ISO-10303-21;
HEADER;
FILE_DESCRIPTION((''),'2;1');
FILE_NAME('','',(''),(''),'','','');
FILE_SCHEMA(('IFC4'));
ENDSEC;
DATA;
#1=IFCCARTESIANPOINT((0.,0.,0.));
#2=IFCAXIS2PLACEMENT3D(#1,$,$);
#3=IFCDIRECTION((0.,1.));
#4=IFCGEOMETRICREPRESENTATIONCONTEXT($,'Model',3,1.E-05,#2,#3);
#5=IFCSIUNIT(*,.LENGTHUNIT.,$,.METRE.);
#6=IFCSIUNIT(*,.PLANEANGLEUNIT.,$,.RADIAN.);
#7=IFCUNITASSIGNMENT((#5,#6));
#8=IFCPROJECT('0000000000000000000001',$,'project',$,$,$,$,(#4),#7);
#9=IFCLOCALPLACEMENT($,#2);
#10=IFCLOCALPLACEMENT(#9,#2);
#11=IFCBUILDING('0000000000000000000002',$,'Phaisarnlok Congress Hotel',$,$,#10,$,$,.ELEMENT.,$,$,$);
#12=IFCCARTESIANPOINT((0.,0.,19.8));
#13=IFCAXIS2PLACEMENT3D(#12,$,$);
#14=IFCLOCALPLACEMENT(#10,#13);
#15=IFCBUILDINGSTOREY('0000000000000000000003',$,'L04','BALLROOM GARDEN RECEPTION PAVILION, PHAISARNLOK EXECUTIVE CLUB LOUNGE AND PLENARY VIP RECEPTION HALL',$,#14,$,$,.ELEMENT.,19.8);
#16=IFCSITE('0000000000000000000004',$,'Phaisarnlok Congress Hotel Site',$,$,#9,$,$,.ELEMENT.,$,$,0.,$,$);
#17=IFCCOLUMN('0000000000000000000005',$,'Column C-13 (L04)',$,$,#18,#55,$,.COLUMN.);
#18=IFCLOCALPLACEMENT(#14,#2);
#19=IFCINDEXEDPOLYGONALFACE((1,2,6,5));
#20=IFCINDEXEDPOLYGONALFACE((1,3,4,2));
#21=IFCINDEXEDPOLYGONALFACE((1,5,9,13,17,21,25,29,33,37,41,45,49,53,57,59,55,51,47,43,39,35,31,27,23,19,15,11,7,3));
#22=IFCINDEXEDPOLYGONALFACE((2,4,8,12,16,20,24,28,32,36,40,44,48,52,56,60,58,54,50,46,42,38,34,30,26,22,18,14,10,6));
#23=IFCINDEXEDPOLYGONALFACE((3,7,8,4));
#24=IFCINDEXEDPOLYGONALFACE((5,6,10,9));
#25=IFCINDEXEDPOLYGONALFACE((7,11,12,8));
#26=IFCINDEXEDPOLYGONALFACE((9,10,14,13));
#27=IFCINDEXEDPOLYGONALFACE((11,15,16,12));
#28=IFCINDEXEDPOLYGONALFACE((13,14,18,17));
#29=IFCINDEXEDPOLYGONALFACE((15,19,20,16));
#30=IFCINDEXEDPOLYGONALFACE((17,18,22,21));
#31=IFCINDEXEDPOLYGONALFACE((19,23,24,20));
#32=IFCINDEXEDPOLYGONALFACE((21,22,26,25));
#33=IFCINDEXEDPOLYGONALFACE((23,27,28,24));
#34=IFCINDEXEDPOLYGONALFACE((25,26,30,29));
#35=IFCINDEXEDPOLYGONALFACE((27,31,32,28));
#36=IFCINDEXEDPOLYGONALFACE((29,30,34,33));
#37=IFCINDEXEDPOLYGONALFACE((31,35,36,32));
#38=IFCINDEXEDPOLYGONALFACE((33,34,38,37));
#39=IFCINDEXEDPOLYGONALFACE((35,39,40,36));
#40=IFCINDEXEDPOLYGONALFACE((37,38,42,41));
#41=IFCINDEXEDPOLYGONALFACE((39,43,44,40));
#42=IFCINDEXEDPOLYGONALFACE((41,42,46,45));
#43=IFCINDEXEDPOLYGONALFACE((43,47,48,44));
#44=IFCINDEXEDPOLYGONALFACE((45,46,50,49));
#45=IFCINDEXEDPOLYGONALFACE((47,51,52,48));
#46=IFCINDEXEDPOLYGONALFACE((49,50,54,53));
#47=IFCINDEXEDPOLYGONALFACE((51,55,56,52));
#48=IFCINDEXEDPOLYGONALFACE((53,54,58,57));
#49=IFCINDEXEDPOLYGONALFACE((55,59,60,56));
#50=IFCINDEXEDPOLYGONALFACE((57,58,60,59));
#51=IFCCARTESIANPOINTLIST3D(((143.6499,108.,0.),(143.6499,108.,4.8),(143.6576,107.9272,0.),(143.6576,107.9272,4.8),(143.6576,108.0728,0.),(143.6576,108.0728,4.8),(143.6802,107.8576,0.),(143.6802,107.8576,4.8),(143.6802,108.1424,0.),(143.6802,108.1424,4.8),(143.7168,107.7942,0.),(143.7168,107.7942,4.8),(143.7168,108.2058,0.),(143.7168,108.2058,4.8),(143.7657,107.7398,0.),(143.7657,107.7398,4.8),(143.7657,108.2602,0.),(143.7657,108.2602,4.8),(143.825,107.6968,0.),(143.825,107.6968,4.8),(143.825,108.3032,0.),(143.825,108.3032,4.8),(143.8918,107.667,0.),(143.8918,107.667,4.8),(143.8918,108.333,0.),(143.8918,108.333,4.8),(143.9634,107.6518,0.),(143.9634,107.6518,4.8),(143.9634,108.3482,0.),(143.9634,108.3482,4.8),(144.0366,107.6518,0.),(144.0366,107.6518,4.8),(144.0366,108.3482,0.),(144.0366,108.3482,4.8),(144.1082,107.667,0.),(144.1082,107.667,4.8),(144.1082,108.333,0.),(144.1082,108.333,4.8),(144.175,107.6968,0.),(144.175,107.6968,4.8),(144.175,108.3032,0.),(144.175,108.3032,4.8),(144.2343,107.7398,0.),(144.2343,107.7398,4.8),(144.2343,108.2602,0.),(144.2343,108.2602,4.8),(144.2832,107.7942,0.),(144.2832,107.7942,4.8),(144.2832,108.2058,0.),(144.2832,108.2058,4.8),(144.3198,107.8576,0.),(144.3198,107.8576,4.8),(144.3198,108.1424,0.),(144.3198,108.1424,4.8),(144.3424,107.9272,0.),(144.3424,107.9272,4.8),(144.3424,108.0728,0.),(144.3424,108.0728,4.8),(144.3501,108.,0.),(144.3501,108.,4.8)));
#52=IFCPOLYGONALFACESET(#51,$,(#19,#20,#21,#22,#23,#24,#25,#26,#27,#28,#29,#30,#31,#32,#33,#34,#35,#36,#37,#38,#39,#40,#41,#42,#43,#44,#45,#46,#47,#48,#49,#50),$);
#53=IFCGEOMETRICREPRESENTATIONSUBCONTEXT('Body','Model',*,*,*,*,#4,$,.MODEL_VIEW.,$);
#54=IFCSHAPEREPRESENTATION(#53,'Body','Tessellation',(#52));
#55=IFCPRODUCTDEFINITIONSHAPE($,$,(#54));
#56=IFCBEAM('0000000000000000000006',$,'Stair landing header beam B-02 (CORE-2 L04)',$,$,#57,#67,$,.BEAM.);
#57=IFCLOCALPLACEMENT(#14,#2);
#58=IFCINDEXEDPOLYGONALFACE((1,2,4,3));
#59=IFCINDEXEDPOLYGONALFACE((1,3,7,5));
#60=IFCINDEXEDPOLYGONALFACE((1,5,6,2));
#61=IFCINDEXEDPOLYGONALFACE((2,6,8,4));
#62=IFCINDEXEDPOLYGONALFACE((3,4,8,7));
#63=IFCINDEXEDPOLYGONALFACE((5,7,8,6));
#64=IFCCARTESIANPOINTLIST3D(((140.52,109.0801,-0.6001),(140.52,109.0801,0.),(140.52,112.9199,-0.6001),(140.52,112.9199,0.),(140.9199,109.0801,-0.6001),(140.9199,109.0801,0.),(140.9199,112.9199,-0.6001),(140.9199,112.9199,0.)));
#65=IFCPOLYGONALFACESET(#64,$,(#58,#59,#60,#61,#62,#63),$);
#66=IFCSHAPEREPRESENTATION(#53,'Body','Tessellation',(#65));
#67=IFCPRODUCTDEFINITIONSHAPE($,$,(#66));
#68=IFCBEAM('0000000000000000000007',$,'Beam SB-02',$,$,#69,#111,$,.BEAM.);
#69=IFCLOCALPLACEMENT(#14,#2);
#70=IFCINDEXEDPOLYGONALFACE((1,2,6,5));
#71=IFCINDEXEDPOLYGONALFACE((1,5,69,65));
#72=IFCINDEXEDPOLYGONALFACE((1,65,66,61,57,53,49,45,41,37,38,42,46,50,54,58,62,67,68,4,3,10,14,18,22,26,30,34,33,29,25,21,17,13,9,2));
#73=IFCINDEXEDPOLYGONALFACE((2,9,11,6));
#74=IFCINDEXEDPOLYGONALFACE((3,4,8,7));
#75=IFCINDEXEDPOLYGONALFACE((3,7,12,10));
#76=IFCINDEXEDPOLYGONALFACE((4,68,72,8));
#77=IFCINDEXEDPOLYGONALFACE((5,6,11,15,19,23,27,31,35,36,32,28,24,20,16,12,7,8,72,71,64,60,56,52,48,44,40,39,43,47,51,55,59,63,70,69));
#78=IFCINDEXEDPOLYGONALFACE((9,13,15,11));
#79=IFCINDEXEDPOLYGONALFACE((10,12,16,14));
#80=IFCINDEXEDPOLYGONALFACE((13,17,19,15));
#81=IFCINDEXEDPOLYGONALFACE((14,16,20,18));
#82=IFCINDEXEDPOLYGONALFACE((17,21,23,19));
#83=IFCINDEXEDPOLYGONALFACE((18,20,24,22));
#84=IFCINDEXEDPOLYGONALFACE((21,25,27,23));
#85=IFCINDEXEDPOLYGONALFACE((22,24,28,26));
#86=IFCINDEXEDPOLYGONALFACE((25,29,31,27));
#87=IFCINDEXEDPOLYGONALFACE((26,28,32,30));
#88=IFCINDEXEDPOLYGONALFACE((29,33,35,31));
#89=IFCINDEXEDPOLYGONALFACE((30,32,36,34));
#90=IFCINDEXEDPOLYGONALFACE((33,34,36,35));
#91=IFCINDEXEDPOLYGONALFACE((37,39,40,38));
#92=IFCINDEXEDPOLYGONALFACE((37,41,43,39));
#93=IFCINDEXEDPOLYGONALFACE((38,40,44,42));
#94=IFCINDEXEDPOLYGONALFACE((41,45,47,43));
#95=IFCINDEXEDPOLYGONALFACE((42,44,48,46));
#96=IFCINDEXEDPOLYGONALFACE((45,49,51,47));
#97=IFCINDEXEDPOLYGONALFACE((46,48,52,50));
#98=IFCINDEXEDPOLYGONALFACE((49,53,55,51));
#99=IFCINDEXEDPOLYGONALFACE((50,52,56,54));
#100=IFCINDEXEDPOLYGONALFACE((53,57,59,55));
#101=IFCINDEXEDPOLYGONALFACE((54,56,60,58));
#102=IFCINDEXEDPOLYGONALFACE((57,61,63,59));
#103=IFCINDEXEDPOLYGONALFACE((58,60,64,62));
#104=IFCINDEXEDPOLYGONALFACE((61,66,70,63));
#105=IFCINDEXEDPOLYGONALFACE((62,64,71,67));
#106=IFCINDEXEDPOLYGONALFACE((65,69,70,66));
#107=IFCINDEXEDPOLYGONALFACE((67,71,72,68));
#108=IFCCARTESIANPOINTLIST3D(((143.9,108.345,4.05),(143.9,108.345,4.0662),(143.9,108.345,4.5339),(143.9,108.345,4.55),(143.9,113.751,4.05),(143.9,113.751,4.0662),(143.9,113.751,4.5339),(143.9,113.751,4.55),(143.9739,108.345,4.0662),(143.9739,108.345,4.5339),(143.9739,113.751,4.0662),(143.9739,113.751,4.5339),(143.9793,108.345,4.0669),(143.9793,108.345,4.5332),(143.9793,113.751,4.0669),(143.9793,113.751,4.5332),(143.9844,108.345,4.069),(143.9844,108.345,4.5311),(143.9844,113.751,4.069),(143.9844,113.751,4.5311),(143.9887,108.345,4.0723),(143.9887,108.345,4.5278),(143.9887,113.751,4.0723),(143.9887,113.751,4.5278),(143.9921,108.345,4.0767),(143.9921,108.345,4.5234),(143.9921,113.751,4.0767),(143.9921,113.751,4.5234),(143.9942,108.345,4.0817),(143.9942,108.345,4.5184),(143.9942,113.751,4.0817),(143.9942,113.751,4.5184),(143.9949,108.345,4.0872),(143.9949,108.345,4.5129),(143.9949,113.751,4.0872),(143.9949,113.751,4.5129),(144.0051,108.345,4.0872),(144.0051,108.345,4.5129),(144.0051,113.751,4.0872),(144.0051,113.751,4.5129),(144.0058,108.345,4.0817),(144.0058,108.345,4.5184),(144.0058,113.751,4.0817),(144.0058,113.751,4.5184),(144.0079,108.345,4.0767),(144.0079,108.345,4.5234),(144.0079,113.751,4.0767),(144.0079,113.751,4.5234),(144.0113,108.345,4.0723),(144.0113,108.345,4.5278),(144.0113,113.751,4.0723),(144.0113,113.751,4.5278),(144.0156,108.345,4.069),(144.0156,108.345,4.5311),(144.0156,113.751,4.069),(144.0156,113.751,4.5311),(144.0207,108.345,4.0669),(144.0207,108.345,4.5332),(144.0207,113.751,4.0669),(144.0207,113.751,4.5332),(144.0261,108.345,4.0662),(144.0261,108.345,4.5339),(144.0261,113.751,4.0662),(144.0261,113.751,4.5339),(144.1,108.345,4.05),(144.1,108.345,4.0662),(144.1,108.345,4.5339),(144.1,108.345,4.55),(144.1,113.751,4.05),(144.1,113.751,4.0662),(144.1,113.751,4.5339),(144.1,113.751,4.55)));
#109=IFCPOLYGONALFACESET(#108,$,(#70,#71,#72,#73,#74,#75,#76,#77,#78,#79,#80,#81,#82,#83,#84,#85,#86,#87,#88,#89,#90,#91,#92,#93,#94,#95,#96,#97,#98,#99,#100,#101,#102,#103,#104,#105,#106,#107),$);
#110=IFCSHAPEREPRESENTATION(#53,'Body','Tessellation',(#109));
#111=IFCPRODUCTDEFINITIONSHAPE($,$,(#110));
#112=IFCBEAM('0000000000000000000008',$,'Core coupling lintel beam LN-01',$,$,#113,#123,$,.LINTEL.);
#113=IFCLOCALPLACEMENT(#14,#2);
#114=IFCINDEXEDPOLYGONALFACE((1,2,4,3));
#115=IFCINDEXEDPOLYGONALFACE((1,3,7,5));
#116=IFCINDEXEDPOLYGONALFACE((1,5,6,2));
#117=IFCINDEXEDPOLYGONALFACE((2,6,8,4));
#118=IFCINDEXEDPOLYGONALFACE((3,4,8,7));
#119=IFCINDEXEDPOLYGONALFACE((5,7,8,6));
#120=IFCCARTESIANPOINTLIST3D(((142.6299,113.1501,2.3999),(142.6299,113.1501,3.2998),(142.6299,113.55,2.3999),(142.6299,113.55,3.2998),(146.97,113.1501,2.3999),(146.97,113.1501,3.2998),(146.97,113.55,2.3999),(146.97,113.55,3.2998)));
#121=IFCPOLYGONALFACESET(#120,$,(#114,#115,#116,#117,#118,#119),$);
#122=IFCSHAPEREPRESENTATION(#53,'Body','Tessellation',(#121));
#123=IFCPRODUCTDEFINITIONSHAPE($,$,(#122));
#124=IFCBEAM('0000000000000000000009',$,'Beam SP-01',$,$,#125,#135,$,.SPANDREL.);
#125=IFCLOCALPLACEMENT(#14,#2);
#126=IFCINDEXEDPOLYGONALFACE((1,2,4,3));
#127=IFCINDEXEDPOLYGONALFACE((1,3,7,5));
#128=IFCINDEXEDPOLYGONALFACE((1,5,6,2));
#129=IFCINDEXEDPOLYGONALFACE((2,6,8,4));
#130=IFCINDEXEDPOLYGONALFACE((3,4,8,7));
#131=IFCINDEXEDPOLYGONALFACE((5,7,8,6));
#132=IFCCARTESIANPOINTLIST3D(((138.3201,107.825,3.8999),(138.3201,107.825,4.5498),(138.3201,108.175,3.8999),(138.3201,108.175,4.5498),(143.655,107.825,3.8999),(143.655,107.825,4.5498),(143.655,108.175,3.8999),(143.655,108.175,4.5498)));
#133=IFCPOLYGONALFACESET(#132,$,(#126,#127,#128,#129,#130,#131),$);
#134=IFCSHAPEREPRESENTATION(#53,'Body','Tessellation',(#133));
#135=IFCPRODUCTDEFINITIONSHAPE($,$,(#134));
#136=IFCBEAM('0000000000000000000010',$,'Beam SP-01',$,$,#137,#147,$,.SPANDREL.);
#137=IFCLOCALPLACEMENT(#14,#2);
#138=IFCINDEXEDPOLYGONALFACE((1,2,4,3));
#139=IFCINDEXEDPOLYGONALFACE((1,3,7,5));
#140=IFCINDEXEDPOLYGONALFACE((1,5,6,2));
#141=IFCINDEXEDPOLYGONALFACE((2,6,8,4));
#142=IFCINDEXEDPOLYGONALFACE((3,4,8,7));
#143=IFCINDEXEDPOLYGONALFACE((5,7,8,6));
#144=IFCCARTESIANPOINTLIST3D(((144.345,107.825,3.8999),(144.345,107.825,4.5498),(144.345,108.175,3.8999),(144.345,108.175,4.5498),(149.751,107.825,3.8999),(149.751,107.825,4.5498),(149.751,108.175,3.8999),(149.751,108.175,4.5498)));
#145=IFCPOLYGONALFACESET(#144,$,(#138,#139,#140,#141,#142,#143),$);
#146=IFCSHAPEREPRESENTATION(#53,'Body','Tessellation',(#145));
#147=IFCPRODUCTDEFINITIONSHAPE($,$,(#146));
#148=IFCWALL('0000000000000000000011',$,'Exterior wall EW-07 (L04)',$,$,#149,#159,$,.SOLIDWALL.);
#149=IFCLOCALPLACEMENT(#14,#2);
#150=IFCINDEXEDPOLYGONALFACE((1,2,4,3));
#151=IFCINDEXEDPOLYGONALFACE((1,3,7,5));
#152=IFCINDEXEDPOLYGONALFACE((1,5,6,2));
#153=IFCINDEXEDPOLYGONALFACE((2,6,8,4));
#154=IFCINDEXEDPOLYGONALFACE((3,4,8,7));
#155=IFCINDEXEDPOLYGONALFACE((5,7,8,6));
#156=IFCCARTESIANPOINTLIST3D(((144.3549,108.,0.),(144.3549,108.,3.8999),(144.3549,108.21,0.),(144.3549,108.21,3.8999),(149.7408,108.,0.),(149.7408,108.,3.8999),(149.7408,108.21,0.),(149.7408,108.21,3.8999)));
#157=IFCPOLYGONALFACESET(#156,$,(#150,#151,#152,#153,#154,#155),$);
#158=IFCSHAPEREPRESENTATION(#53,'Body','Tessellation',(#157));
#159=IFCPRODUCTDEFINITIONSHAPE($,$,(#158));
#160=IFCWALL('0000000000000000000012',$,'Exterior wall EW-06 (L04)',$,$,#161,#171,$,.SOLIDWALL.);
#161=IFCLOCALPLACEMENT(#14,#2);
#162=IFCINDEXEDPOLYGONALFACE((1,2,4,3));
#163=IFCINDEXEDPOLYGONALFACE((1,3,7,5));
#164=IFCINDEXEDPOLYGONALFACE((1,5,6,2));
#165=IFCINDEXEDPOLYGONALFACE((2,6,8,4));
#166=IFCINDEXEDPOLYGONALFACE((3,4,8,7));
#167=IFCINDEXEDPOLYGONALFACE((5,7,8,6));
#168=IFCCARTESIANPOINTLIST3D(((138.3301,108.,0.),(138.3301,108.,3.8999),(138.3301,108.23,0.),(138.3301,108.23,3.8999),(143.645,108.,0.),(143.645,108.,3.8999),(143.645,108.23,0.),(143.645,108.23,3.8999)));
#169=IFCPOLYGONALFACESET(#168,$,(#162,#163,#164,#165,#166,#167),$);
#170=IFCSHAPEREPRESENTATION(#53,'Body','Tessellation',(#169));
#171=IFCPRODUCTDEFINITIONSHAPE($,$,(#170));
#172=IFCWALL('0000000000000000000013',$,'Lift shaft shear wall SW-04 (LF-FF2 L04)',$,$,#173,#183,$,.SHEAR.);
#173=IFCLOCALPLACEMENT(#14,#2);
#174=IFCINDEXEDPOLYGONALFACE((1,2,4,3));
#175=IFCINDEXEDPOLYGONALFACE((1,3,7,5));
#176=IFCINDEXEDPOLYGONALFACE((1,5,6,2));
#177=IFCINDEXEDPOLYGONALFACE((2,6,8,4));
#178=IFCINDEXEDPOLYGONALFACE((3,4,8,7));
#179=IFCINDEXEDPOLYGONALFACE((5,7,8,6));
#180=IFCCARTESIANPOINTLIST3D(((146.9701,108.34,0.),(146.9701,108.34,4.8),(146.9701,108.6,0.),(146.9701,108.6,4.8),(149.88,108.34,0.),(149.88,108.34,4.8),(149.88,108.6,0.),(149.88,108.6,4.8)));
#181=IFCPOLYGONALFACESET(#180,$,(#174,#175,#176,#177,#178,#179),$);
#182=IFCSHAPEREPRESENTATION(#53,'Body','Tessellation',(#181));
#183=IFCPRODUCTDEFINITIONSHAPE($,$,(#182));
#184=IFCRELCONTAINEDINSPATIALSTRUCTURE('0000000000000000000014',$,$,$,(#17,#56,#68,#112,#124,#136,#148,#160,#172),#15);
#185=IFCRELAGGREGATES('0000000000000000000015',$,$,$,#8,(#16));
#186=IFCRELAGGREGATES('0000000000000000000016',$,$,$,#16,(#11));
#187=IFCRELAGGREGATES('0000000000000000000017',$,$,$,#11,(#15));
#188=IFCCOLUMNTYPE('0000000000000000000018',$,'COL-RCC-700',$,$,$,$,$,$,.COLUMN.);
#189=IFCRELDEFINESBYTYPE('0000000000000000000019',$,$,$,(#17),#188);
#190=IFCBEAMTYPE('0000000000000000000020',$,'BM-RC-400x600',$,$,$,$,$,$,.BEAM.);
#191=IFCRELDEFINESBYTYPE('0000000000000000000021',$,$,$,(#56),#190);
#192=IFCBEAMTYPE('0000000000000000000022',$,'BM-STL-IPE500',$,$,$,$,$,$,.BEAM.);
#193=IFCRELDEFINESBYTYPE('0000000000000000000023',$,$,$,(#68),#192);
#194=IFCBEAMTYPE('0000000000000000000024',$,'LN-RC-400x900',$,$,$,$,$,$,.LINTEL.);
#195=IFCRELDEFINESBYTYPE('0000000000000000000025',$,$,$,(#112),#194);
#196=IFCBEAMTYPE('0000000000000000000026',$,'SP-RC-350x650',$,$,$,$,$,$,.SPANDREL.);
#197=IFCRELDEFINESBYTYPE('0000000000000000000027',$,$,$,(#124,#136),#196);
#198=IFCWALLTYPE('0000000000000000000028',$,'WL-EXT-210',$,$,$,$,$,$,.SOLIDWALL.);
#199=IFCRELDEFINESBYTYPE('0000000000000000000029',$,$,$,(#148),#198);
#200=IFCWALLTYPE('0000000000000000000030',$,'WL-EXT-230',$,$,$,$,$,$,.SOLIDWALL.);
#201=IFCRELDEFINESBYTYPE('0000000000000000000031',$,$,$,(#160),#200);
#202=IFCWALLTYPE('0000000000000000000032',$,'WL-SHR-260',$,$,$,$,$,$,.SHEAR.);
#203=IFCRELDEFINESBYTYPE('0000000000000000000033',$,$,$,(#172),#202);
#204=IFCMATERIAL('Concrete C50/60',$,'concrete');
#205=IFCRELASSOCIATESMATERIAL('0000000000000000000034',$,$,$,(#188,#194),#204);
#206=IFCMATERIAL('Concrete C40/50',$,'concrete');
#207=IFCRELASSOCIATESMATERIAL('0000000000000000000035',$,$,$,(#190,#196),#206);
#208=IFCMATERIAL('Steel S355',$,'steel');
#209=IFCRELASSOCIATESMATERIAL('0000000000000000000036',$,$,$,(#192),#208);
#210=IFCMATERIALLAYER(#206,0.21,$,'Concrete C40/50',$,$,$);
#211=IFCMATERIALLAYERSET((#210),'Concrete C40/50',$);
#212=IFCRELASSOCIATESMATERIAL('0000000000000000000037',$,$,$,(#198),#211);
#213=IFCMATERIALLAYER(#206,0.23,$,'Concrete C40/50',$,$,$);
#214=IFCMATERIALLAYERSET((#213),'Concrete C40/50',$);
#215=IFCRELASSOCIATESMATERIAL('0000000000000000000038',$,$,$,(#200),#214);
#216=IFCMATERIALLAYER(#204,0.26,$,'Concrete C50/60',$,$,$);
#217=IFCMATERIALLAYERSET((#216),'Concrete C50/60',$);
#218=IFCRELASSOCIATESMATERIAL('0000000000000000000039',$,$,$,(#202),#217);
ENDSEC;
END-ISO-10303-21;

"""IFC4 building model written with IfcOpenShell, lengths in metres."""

from ifc_helpers import new_model, si_unit, direction, frame, frame_2d, origin, origin_2d, place, context, subcontext, project, spatial, rectangle, circle, i_section, extrude, material, layer, layer_set, material_profile, profile_set, type_object, element, save


model = new_model("IFC4")

# Units and contexts
model_context = context("Model", 3, precision=1e-05, world=origin(), true_north=direction((0.0, 1.0)))
body_context = subcontext(model_context, "Body", "Model", "MODEL_VIEW")
ifc_project = project(units=[si_unit("LENGTHUNIT", "METRE"), si_unit("PLANEANGLEUNIT", "RADIAN")], contexts=[model_context])

# Site, building, storey
site_placement = place(None, origin())
site = spatial("IfcSite", under=ifc_project, at=site_placement, Name="Phaisarnlok Congress Hotel Site", CompositionType="ELEMENT", RefElevation=0.0)
building_placement = place(site_placement, origin())
building = spatial("IfcBuilding", under=site, at=building_placement, Name="Phaisarnlok Congress Hotel", CompositionType="ELEMENT")
storey_placement = place(building_placement, frame((0.0, 0.0, 19.8)))
storey = spatial("IfcBuildingStorey", under=building, at=storey_placement, Name="L04", Description="BALLROOM GARDEN RECEPTION PAVILION, PHAISARNLOK EXECUTIVE CLUB LOUNGE AND PLENARY VIP RECEPTION HALL", CompositionType="ELEMENT", Elevation=19.8)

# Column
ifc_material_1 = material(Name="Concrete C50/60", Category="concrete")
ifc_material_profile_1 = material_profile(ifc_material_1, circle(Radius=0.3501, at=origin_2d()), Name="RCC D700")
ifc_profile_set_1 = profile_set([ifc_material_profile_1], Name="Concrete C50/60")
column_type = type_object("IfcColumnType", Name="COL-RCC-700", PredefinedType="COLUMN", material=ifc_profile_set_1)
column_placement = place(storey_placement, frame((144.0, 108.0, 0.0), z_axis=(0.0, 0.0, 1.0), x_axis=(1.0, 0.0, 0.0)))
element("IfcColumn", 1, at=column_placement, inside=storey, type_object=column_type, Name="Column C-13 (L04)", PredefinedType="COLUMN", context=body_context, shape_type="SweptSolid", body=[
    extrude(circle(Radius=0.3501, at=origin_2d()), origin(), (0.0, 0.0, 1.0), 4.8),
])

# Beams
ifc_material_2 = material(Name="Concrete C40/50", Category="concrete")
ifc_material_profile_2 = material_profile(ifc_material_2, rectangle(XDim=0.3999, YDim=0.6001, at=origin_2d()), Name="RC 400x600")
ifc_profile_set_2 = profile_set([ifc_material_profile_2], Name="Concrete C40/50")
beam_type_1 = type_object("IfcBeamType", Name="BM-RC-400x600", PredefinedType="BEAM", material=ifc_profile_set_2)
beam_1_placement = place(storey_placement, frame((140.72, 109.0801, -0.3), z_axis=(0.0, 1.0, 0.0), x_axis=(-1.0, 0.0, 0.0)))
element("IfcBeam", 2, at=beam_1_placement, inside=storey, type_object=beam_type_1, Name="Stair landing header beam B-02 (CORE-2 L04)", PredefinedType="BEAM", context=body_context, shape_type="SweptSolid", body=[
    extrude(rectangle(XDim=0.3999, YDim=0.6001, at=origin_2d()), origin(), (0.0, 0.0, 1.0), 3.8398),
])
ifc_material_3 = material(Name="Steel S355", Category="steel")
ifc_material_profile_3 = material_profile(ifc_material_3, i_section(OverallWidth=0.2, OverallDepth=0.5, WebThickness=0.0103, FlangeThickness=0.0161, FilletRadius=0.021, at=origin_2d()), Name="IPE 500")
ifc_profile_set_3 = profile_set([ifc_material_profile_3], Name="Steel S355")
beam_type_2 = type_object("IfcBeamType", Name="BM-STL-IPE500", PredefinedType="BEAM", material=ifc_profile_set_3)
beam_2_placement = place(storey_placement, frame((144.0, 108.345, 4.3), z_axis=(0.0, 1.0, 0.0), x_axis=(-1.0, 0.0, 0.0)))
element("IfcBeam", 3, at=beam_2_placement, inside=storey, type_object=beam_type_2, Name="Beam SB-02", PredefinedType="BEAM", context=body_context, shape_type="SweptSolid", body=[
    extrude(i_section(OverallWidth=0.2, OverallDepth=0.5, WebThickness=0.0103, FlangeThickness=0.0161, FilletRadius=0.021, at=origin_2d()), origin(), (0.0, 0.0, 1.0), 5.406),
])
ifc_material_profile_4 = material_profile(ifc_material_1, rectangle(XDim=0.3999, YDim=0.8999, at=origin_2d()), Name="RC 400x900")
ifc_profile_set_4 = profile_set([ifc_material_profile_4], Name="Concrete C50/60")
beam_type_3 = type_object("IfcBeamType", Name="LN-RC-400x900", PredefinedType="LINTEL", material=ifc_profile_set_4)
beam_3_placement = place(storey_placement, frame((142.6299, 113.3501, 2.8499), z_axis=(1.0, 0.0, 0.0), x_axis=(0.0, 1.0, 0.0)))
element("IfcBeam", 4, at=beam_3_placement, inside=storey, type_object=beam_type_3, Name="Core coupling lintel beam LN-01", PredefinedType="LINTEL", context=body_context, shape_type="SweptSolid", body=[
    extrude(rectangle(XDim=0.3999, YDim=0.8999, at=origin_2d()), origin(), (0.0, 0.0, 1.0), 4.3401),
])
ifc_material_profile_5 = material_profile(ifc_material_2, rectangle(XDim=0.3501, YDim=0.6499, at=origin_2d()), Name="RC 350x650")
ifc_profile_set_5 = profile_set([ifc_material_profile_5], Name="Concrete C40/50")
beam_type_4 = type_object("IfcBeamType", Name="SP-RC-350x650", PredefinedType="SPANDREL", material=ifc_profile_set_5)
beam_4_placement = place(storey_placement, frame((138.3201, 108.0, 4.2249), z_axis=(1.0, 0.0, 0.0), x_axis=(0.0, 1.0, 0.0)))
element("IfcBeam", 5, at=beam_4_placement, inside=storey, type_object=beam_type_4, Name="Beam SP-01", PredefinedType="SPANDREL", context=body_context, shape_type="SweptSolid", body=[
    extrude(rectangle(XDim=0.3501, YDim=0.6499, at=origin_2d()), origin(), (0.0, 0.0, 1.0), 5.335),
])
beam_5_placement = place(storey_placement, frame((144.345, 108.0, 4.2249), z_axis=(1.0, 0.0, 0.0), x_axis=(0.0, 1.0, 0.0)))
element("IfcBeam", 6, at=beam_5_placement, inside=storey, type_object=beam_type_4, Name="Beam SP-01", PredefinedType="SPANDREL", context=body_context, shape_type="SweptSolid", body=[
    extrude(rectangle(XDim=0.3501, YDim=0.6499, at=origin_2d()), origin(), (0.0, 0.0, 1.0), 5.406),
])

# Walls
ifc_layer_1 = layer(ifc_material_2, 0.21, Name="Concrete C40/50")
ifc_layer_set_1 = layer_set([ifc_layer_1], Name="Concrete C40/50")
wall_type_1 = type_object("IfcWallType", Name="WL-EXT-210", PredefinedType="SOLIDWALL", material=ifc_layer_set_1)
wall_1_placement = place(storey_placement, frame((144.355, 108.105, 0.0), z_axis=(0.0, 0.0, 1.0), x_axis=(1.0, 0.0, 0.0)))
element("IfcWall", 7, at=wall_1_placement, inside=storey, type_object=wall_type_1, Name="Exterior wall EW-07 (L04)", PredefinedType="SOLIDWALL", context=body_context, shape_type="SweptSolid", body=[
    extrude(rectangle(XDim=5.386, YDim=0.21, at=frame_2d((2.6929, 0.0))), origin(), (0.0, 0.0, 1.0), 3.8999),
])
ifc_layer_2 = layer(ifc_material_2, 0.23, Name="Concrete C40/50")
ifc_layer_set_2 = layer_set([ifc_layer_2], Name="Concrete C40/50")
wall_type_2 = type_object("IfcWallType", Name="WL-EXT-230", PredefinedType="SOLIDWALL", material=ifc_layer_set_2)
wall_2_placement = place(storey_placement, frame((138.3301, 108.115, 0.0), z_axis=(0.0, 0.0, 1.0), x_axis=(1.0, 0.0, 0.0)))
element("IfcWall", 8, at=wall_2_placement, inside=storey, type_object=wall_type_2, Name="Exterior wall EW-06 (L04)", PredefinedType="SOLIDWALL", context=body_context, shape_type="SweptSolid", body=[
    extrude(rectangle(XDim=5.3149, YDim=0.23, at=frame_2d((2.6575, 0.0))), origin(), (0.0, 0.0, 1.0), 3.8999),
])

# Shared definitions
ifc_layer_3 = layer(ifc_material_1, 0.26, Name="Concrete C50/60")
ifc_layer_set_3 = layer_set([ifc_layer_3], Name="Concrete C50/60")
wall_type_3 = type_object("IfcWallType", Name="WL-SHR-260", PredefinedType="SHEAR", material=ifc_layer_set_3)

# Wall
wall_3_placement = place(storey_placement, frame((146.97, 108.47, 0.0), z_axis=(0.0, 0.0, 1.0), x_axis=(1.0, 0.0, 0.0)))
element("IfcWall", 9, at=wall_3_placement, inside=storey, type_object=wall_type_3, Name="Lift shaft shear wall SW-04 (LF-FF2 L04)", PredefinedType="SHEAR", context=body_context, shape_type="SweptSolid", body=[
    extrude(rectangle(XDim=2.9099, YDim=0.26, at=frame_2d((1.4551, 0.0))), origin(), (0.0, 0.0, 1.0), 4.8),
])

save(model, "model.ifc")
